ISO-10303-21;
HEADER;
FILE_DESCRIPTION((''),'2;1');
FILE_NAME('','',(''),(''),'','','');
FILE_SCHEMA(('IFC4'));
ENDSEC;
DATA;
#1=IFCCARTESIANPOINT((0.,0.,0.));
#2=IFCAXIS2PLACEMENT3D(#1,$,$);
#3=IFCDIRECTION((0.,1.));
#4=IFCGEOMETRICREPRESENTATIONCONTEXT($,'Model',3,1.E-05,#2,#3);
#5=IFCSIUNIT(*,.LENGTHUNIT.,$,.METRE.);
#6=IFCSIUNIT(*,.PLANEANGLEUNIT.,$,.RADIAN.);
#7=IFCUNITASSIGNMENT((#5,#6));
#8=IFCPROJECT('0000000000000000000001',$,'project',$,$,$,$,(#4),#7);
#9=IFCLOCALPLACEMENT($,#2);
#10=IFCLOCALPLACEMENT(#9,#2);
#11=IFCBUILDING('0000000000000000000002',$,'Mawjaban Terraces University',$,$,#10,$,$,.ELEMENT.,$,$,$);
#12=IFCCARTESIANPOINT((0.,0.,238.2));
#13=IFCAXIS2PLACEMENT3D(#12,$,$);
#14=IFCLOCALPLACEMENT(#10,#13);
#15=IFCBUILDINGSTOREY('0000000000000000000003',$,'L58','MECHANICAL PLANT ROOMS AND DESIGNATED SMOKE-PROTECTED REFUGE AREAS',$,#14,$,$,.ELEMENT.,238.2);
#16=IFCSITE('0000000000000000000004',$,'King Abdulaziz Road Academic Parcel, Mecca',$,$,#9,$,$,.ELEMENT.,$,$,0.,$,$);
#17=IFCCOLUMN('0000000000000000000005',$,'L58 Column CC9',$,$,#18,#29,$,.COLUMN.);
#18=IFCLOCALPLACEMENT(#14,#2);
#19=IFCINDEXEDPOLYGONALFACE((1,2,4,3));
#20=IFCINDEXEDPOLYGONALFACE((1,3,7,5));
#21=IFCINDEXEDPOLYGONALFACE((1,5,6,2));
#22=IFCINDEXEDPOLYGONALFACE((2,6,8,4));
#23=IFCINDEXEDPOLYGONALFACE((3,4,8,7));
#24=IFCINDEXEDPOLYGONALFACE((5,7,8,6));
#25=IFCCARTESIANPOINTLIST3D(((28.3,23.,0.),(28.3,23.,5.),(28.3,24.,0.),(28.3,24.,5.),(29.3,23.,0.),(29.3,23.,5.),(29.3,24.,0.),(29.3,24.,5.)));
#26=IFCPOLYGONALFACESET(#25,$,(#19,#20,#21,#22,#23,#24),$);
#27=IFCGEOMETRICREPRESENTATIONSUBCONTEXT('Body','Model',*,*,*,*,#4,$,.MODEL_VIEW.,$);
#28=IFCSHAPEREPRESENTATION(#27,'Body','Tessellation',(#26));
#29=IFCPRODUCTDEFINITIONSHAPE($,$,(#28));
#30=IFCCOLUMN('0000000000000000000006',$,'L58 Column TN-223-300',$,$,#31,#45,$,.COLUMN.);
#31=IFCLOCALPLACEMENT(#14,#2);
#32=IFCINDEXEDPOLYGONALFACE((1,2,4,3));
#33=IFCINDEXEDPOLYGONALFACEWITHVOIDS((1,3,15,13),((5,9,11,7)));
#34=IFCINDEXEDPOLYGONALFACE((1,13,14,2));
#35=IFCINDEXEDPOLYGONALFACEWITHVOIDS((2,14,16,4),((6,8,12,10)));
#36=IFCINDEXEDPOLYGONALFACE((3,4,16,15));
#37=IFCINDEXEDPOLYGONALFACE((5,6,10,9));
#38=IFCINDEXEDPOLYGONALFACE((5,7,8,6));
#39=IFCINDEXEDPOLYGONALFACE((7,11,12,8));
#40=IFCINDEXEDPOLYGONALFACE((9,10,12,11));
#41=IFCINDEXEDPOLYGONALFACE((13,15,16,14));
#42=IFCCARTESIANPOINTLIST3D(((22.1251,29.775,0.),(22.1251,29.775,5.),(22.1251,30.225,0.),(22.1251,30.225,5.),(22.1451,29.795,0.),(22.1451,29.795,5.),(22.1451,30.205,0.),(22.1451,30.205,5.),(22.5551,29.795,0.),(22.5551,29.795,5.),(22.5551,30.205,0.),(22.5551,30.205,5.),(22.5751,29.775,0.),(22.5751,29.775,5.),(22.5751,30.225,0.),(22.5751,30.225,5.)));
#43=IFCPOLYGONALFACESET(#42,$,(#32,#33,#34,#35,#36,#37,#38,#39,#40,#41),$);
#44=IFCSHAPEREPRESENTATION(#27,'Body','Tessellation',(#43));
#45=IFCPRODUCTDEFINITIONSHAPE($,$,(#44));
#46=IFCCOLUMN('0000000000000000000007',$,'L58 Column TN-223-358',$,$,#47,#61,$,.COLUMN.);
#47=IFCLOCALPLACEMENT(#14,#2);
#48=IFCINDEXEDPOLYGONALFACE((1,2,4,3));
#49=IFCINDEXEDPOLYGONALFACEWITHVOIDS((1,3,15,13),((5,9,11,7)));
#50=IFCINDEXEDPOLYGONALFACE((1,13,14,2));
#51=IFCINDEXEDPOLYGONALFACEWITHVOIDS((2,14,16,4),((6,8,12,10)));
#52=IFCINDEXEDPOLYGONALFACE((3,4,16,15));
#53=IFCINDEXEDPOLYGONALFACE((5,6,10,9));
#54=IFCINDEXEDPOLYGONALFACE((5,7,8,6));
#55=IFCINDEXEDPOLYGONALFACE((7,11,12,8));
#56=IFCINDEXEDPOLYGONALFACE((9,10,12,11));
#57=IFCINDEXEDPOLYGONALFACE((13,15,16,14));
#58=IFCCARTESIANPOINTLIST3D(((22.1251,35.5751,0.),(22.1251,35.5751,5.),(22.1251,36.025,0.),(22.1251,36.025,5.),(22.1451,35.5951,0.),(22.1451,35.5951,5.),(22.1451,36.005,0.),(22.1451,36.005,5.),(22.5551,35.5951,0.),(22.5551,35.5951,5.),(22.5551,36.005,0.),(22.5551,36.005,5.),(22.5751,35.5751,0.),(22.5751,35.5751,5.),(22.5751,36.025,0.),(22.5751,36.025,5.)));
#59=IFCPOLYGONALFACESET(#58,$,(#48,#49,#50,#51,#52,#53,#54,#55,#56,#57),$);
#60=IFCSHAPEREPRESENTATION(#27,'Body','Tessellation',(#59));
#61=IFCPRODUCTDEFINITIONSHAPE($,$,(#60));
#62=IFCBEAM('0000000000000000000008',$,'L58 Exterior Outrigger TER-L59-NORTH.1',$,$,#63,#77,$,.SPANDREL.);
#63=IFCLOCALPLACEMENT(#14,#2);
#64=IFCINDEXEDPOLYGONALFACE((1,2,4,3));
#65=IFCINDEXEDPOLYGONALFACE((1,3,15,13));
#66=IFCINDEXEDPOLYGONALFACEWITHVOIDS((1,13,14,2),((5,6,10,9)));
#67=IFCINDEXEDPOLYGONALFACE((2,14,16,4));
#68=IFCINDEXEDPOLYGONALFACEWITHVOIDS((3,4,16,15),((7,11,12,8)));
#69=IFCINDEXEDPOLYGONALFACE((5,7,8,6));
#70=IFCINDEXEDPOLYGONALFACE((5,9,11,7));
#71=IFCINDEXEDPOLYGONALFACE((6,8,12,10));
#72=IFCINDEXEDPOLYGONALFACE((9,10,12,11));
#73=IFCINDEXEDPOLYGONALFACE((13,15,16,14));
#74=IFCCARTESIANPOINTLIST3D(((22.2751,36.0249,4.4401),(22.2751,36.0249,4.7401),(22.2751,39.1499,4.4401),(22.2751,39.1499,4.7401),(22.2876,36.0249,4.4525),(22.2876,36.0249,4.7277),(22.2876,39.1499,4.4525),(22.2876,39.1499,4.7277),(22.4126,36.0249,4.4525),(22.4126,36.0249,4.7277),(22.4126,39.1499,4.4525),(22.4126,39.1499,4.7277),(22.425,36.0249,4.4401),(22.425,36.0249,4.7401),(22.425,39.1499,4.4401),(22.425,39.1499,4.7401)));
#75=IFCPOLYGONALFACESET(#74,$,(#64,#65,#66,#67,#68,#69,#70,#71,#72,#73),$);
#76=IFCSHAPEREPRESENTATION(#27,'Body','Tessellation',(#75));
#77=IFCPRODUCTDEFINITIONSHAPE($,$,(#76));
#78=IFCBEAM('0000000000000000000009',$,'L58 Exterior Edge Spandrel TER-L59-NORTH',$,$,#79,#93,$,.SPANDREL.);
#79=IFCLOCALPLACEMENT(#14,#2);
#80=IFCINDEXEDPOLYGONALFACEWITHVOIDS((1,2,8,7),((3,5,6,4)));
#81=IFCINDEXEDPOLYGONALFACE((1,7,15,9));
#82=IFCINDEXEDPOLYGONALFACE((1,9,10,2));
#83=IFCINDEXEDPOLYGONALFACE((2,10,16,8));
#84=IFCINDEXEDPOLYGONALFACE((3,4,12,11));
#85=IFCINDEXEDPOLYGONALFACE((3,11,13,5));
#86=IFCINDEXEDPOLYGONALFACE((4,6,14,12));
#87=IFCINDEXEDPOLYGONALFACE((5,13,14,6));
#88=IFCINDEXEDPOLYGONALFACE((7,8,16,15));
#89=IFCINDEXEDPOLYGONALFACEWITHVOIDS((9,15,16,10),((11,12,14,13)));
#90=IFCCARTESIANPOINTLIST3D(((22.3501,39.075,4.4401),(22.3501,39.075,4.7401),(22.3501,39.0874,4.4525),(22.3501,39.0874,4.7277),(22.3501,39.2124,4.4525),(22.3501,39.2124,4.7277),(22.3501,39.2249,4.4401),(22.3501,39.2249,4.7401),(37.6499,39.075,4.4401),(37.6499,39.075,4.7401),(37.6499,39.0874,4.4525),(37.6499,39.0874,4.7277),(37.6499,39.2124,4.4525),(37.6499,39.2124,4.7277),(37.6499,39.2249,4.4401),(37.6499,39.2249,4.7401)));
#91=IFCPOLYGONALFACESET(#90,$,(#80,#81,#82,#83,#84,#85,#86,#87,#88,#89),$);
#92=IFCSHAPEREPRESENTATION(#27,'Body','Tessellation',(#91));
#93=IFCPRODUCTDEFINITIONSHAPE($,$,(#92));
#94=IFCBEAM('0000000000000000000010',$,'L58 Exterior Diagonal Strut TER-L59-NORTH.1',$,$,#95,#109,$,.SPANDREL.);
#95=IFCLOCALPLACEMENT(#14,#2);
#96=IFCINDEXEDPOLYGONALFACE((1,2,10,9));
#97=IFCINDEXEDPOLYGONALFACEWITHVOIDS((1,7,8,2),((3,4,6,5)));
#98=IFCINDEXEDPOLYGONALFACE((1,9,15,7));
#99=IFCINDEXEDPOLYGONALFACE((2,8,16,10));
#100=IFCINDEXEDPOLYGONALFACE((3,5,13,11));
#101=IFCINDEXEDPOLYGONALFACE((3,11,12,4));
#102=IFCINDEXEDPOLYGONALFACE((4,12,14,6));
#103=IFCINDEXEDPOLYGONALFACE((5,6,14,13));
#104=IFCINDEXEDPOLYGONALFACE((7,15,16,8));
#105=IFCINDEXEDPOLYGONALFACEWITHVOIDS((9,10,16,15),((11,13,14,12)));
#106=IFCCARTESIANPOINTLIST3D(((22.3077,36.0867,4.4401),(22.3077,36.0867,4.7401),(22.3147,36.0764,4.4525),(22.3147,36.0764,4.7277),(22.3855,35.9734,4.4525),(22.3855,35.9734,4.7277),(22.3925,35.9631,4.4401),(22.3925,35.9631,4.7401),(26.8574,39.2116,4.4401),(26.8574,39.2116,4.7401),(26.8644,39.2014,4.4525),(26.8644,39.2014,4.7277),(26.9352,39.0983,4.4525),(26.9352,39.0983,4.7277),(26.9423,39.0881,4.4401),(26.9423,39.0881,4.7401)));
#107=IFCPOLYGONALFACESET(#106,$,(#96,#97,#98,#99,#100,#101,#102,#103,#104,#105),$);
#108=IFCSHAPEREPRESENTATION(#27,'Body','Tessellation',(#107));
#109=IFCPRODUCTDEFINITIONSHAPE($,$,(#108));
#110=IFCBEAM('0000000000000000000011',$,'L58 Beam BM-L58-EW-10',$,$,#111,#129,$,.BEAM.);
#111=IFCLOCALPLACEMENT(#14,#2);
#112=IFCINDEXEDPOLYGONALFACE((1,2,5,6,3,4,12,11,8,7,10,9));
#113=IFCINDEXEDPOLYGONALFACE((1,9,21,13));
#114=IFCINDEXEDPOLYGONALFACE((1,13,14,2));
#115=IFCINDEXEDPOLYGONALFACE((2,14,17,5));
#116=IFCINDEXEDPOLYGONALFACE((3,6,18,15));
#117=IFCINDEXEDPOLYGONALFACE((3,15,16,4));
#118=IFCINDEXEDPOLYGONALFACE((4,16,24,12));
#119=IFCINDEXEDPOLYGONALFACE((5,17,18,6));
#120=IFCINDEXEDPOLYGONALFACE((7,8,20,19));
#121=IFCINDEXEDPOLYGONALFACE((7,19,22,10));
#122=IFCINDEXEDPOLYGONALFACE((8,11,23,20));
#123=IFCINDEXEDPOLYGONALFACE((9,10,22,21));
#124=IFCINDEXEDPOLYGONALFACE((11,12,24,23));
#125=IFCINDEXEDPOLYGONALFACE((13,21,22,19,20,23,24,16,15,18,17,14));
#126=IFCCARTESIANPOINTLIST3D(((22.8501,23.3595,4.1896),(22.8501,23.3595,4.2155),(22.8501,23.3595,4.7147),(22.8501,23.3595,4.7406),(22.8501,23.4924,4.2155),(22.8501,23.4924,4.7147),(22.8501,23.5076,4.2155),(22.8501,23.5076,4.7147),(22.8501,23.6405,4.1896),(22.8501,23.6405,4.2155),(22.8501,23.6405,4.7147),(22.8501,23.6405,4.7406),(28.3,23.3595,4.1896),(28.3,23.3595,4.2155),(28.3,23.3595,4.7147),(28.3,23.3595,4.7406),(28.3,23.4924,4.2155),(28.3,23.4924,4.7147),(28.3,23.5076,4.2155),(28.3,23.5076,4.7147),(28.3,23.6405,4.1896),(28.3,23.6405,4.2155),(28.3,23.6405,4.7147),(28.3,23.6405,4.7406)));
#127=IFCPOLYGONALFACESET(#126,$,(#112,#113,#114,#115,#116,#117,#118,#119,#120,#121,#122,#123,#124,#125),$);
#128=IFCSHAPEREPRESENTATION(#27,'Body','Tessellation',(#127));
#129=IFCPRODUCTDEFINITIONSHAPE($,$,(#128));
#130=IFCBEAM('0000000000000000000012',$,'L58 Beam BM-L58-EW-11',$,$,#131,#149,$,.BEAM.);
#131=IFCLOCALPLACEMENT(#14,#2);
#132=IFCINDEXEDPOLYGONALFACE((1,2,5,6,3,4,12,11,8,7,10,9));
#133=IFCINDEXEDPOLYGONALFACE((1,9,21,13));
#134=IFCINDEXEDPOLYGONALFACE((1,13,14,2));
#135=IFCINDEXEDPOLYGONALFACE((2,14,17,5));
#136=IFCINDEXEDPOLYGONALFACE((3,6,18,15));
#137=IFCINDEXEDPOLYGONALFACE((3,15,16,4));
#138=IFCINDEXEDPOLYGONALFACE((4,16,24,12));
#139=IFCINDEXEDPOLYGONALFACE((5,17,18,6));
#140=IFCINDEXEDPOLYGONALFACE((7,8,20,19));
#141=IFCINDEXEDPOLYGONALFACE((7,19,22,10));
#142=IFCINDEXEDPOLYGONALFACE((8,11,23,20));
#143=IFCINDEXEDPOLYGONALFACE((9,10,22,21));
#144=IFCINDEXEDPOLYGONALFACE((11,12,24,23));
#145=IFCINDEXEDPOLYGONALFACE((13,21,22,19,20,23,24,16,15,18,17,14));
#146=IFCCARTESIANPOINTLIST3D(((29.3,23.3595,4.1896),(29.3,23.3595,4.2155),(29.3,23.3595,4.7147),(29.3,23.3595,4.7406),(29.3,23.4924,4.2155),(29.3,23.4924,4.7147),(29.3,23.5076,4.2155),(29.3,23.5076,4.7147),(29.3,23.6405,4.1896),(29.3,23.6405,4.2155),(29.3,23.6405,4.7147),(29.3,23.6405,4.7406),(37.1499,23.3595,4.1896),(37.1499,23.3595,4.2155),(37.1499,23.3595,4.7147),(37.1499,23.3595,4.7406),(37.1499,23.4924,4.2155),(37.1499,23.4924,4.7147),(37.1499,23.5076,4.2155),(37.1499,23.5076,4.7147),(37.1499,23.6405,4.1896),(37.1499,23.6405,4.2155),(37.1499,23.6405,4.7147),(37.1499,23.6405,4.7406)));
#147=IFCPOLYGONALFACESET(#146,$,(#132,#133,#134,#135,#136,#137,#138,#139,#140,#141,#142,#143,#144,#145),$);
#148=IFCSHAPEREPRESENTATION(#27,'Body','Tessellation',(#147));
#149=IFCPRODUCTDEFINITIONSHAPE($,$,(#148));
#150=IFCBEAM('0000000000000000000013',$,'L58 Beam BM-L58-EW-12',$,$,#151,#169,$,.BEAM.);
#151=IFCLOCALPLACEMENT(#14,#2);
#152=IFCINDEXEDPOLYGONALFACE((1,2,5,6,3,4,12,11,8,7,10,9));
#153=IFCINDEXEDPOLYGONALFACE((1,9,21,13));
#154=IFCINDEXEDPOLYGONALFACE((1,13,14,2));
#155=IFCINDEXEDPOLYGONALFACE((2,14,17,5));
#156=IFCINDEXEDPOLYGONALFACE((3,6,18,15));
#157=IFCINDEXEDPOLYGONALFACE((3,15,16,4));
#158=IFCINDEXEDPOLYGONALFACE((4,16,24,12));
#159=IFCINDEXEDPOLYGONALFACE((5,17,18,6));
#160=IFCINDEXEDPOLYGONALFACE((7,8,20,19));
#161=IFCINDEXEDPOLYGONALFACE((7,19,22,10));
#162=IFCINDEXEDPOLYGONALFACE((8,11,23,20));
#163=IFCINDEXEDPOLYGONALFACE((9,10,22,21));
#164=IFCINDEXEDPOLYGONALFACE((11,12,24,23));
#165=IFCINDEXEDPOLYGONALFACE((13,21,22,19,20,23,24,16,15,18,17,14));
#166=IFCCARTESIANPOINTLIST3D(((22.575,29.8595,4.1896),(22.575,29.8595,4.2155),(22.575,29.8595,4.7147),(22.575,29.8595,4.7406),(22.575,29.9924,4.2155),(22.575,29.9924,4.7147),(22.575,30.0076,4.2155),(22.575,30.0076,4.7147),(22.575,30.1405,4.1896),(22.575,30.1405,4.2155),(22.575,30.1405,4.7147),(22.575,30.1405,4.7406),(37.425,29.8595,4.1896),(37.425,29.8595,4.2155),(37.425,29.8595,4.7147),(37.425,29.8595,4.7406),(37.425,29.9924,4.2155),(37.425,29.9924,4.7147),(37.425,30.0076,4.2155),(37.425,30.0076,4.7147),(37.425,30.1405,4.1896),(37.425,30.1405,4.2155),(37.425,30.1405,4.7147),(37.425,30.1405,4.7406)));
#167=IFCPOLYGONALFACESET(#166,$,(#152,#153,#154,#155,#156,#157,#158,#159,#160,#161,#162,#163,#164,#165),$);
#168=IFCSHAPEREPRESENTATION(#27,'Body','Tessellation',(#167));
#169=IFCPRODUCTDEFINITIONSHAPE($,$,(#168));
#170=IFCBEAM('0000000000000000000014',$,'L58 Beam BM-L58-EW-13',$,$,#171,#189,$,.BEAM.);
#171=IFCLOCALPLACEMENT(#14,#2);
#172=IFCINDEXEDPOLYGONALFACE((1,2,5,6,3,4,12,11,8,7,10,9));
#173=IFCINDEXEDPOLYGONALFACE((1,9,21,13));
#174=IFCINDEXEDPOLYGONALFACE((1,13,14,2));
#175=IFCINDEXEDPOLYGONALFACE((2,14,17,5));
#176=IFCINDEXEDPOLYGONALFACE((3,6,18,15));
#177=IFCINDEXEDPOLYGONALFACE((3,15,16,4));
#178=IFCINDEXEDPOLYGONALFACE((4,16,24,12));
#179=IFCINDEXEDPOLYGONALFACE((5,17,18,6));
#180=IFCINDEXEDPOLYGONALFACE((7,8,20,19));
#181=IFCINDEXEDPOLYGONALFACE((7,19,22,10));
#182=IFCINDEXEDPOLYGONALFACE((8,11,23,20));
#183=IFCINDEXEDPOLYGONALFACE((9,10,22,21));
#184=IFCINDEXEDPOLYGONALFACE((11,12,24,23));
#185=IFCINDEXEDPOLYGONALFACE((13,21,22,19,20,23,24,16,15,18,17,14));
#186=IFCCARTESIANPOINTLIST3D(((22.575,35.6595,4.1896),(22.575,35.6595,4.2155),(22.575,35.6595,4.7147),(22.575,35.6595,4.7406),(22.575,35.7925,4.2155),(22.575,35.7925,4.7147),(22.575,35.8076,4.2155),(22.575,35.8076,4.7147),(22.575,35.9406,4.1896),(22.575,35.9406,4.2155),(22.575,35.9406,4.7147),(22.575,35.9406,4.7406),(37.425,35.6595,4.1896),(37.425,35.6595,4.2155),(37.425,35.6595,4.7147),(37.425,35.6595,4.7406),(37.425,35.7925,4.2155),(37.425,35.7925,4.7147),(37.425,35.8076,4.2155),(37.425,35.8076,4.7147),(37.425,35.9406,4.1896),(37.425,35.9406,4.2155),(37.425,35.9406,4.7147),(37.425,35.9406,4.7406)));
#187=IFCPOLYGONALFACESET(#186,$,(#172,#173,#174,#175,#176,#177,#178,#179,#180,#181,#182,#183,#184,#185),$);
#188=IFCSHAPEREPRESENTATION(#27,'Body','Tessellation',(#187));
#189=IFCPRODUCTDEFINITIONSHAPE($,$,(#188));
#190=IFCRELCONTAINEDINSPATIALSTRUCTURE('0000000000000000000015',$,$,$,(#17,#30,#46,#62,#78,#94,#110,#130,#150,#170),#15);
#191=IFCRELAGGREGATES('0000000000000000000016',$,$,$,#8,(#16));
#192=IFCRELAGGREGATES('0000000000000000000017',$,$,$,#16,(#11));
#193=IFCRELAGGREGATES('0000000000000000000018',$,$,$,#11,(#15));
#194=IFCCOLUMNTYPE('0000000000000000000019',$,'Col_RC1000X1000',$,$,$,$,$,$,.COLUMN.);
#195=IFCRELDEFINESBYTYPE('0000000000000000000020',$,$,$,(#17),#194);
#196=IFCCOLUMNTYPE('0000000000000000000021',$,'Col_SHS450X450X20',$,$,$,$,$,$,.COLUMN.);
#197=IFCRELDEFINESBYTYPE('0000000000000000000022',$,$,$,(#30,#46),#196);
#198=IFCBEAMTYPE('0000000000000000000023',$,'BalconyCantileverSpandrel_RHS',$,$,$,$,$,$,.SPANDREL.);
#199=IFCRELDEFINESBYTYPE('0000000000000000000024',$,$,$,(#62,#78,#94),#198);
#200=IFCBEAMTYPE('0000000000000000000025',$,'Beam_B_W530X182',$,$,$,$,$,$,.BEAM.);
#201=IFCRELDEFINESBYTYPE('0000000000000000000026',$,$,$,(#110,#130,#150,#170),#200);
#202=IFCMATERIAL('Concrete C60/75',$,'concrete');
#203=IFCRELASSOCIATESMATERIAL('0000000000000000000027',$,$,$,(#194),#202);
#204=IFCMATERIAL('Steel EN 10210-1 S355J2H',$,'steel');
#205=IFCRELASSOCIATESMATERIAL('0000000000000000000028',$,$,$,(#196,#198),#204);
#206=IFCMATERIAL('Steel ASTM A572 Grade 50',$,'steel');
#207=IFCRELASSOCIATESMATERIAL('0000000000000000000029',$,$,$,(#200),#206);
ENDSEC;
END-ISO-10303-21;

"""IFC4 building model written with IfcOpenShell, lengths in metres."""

from ifc_helpers import new_model, si_unit, direction, frame, origin, origin_2d, place, context, subcontext, project, spatial, rectangle, hollow_rectangle, i_section, extrude, material, material_profile, profile_set, type_object, element, save


model = new_model("IFC4")

# Units and contexts
model_context = context("Model", 3, precision=1e-05, world=origin(), true_north=direction((0.0, 1.0)))
body_context = subcontext(model_context, "Body", "Model", "MODEL_VIEW")
ifc_project = project(units=[si_unit("LENGTHUNIT", "METRE"), si_unit("PLANEANGLEUNIT", "RADIAN")], contexts=[model_context])

# Site, building, storey
site_placement = place(None, origin())
site = spatial("IfcSite", under=ifc_project, at=site_placement, Name="King Abdulaziz Road Academic Parcel, Mecca", CompositionType="ELEMENT", RefElevation=0.0)
building_placement = place(site_placement, origin())
building = spatial("IfcBuilding", under=site, at=building_placement, Name="Mawjaban Terraces University", CompositionType="ELEMENT")
storey_placement = place(building_placement, frame((0.0, 0.0, 238.2)))
storey = spatial("IfcBuildingStorey", under=building, at=storey_placement, Name="L58", Description="MECHANICAL PLANT ROOMS AND DESIGNATED SMOKE-PROTECTED REFUGE AREAS", CompositionType="ELEMENT", Elevation=238.2)

# Columns
ifc_material_1 = material(Name="Concrete C60/75", Category="concrete")
ifc_material_profile_1 = material_profile(ifc_material_1, rectangle(XDim=1.0, YDim=1.0, at=origin_2d()), Name="RC1000X1000")
ifc_profile_set_1 = profile_set([ifc_material_profile_1], Name="Concrete C60/75")
column_type_1 = type_object("IfcColumnType", Name="Col_RC1000X1000", PredefinedType="COLUMN", material=ifc_profile_set_1)
column_placement = place(storey_placement, frame((28.8, 23.5, 0.0), z_axis=(0.0, 0.0, 1.0), x_axis=(1.0, 0.0, 0.0)))
element("IfcColumn", 1, at=column_placement, inside=storey, type_object=column_type_1, Name="L58 Column CC9", PredefinedType="COLUMN", context=body_context, shape_type="SweptSolid", body=[
    extrude(rectangle(XDim=1.0, YDim=1.0, at=origin_2d()), origin(), (0.0, 0.0, 1.0), 5.0),
])
ifc_material_2 = material(Name="Steel EN 10210-1 S355J2H", Category="steel")
ifc_material_profile_2 = material_profile(ifc_material_2, hollow_rectangle(XDim=0.45, YDim=0.45, WallThickness=0.02, at=origin_2d()), Name="SHS450X450X20")
ifc_profile_set_2 = profile_set([ifc_material_profile_2], Name="Steel EN 10210-1 S355J2H")
column_type_2 = type_object("IfcColumnType", Name="Col_SHS450X450X20", PredefinedType="COLUMN", material=ifc_profile_set_2)
for number, where, z_axis, x_axis, name in (
    (2, (22.3501, 30.0, 0.0), (0.0, 0.0, 1.0), (1.0, 0.0, 0.0), "L58 Column TN-223-300"),
    (3, (22.3501, 35.8, 0.0), (0.0, 0.0, 1.0), (1.0, 0.0, 0.0), "L58 Column TN-223-358"),
):
    element("IfcColumn", number, at=place(storey_placement, frame(where, z_axis=z_axis, x_axis=x_axis)), inside=storey, type_object=column_type_2, Name=name, PredefinedType="COLUMN", context=body_context, shape_type="SweptSolid", body=[
        extrude(hollow_rectangle(XDim=0.45, YDim=0.45, WallThickness=0.02, at=origin_2d()), origin(), (0.0, 0.0, 1.0), 5.0),
    ])

# Beams
ifc_material_profile_3 = material_profile(ifc_material_2, hollow_rectangle(XDim=0.1499, YDim=0.3, WallThickness=0.0125, at=origin_2d()), Name="RHS300X150X12.5")
ifc_profile_set_3 = profile_set([ifc_material_profile_3], Name="Steel EN 10210-1 S355J2H")
beam_type_1 = type_object("IfcBeamType", Name="BalconyCantileverSpandrel_RHS", PredefinedType="SPANDREL", material=ifc_profile_set_3)
beam_1_placement = place(storey_placement, frame((22.3501, 36.0249, 4.5901), z_axis=(0.0, 1.0, 0.0), x_axis=(-1.0, 0.0, 0.0)))
element("IfcBeam", 4, at=beam_1_placement, inside=storey, type_object=beam_type_1, Name="L58 Exterior Outrigger TER-L59-NORTH.1", PredefinedType="SPANDREL", context=body_context, shape_type="SweptSolid", body=[
    extrude(hollow_rectangle(XDim=0.1499, YDim=0.3, WallThickness=0.0125, at=origin_2d()), origin(), (0.0, 0.0, 1.0), 3.125),
])
beam_2_placement = place(storey_placement, frame((22.3501, 39.1499, 4.5901), z_axis=(1.0, 0.0, 0.0), x_axis=(0.0, 1.0, 0.0)))
element("IfcBeam", 5, at=beam_2_placement, inside=storey, type_object=beam_type_1, Name="L58 Exterior Edge Spandrel TER-L59-NORTH", PredefinedType="SPANDREL", context=body_context, shape_type="SweptSolid", body=[
    extrude(hollow_rectangle(XDim=0.1499, YDim=0.3, WallThickness=0.0125, at=origin_2d()), origin(), (0.0, 0.0, 1.0), 15.2998),
])
beam_3_placement = place(storey_placement, frame((22.3501, 36.0249, 4.5901), z_axis=(0.824295, 0.566161, 0.0), x_axis=(-0.566161, 0.824295, 0.0)))
element("IfcBeam", 6, at=beam_3_placement, inside=storey, type_object=beam_type_1, Name="L58 Exterior Diagonal Strut TER-L59-NORTH.1", PredefinedType="SPANDREL", context=body_context, shape_type="SweptSolid", body=[
    extrude(hollow_rectangle(XDim=0.1499, YDim=0.3, WallThickness=0.0125, at=origin_2d()), origin(), (0.0, 0.0, 1.0), 5.5195),
])
ifc_material_3 = material(Name="Steel ASTM A572 Grade 50", Category="steel")
ifc_material_profile_4 = material_profile(ifc_material_3, i_section(OverallWidth=0.281, OverallDepth=0.551, WebThickness=0.0151, FlangeThickness=0.0259, at=origin_2d()), Name="W530X182")
ifc_profile_set_4 = profile_set([ifc_material_profile_4], Name="Steel ASTM A572 Grade 50")
beam_type_2 = type_object("IfcBeamType", Name="Beam_B_W530X182", PredefinedType="BEAM", material=ifc_profile_set_4)
beam_4_placement = place(storey_placement, frame((22.8501, 23.5, 4.4651), z_axis=(1.0, 0.0, 0.0), x_axis=(0.0, 1.0, 0.0)))
element("IfcBeam", 7, at=beam_4_placement, inside=storey, type_object=beam_type_2, Name="L58 Beam BM-L58-EW-10", PredefinedType="BEAM", context=body_context, shape_type="SweptSolid", body=[
    extrude(i_section(OverallWidth=0.281, OverallDepth=0.551, WebThickness=0.0151, FlangeThickness=0.0259, at=origin_2d()), origin(), (0.0, 0.0, 1.0), 5.45),
])
beam_5_placement = place(storey_placement, frame((29.3, 23.5, 4.4651), z_axis=(1.0, 0.0, 0.0), x_axis=(0.0, 1.0, 0.0)))
element("IfcBeam", 8, at=beam_5_placement, inside=storey, type_object=beam_type_2, Name="L58 Beam BM-L58-EW-11", PredefinedType="BEAM", context=body_context, shape_type="SweptSolid", body=[
    extrude(i_section(OverallWidth=0.281, OverallDepth=0.551, WebThickness=0.0151, FlangeThickness=0.0259, at=origin_2d()), origin(), (0.0, 0.0, 1.0), 7.8499),
])
for number, where, z_axis, x_axis, name in (
    (9, (22.575, 30.0, 4.4651), (1.0, 0.0, 0.0), (0.0, 1.0, 0.0), "L58 Beam BM-L58-EW-12"),
    (10, (22.575, 35.8, 4.4651), (1.0, 0.0, 0.0), (0.0, 1.0, 0.0), "L58 Beam BM-L58-EW-13"),
):
    element("IfcBeam", number, at=place(storey_placement, frame(where, z_axis=z_axis, x_axis=x_axis)), inside=storey, type_object=beam_type_2, Name=name, PredefinedType="BEAM", context=body_context, shape_type="SweptSolid", body=[
        extrude(i_section(OverallWidth=0.281, OverallDepth=0.551, WebThickness=0.0151, FlangeThickness=0.0259, at=origin_2d()), origin(), (0.0, 0.0, 1.0), 14.8501),
    ])

save(model, "model.ifc")
